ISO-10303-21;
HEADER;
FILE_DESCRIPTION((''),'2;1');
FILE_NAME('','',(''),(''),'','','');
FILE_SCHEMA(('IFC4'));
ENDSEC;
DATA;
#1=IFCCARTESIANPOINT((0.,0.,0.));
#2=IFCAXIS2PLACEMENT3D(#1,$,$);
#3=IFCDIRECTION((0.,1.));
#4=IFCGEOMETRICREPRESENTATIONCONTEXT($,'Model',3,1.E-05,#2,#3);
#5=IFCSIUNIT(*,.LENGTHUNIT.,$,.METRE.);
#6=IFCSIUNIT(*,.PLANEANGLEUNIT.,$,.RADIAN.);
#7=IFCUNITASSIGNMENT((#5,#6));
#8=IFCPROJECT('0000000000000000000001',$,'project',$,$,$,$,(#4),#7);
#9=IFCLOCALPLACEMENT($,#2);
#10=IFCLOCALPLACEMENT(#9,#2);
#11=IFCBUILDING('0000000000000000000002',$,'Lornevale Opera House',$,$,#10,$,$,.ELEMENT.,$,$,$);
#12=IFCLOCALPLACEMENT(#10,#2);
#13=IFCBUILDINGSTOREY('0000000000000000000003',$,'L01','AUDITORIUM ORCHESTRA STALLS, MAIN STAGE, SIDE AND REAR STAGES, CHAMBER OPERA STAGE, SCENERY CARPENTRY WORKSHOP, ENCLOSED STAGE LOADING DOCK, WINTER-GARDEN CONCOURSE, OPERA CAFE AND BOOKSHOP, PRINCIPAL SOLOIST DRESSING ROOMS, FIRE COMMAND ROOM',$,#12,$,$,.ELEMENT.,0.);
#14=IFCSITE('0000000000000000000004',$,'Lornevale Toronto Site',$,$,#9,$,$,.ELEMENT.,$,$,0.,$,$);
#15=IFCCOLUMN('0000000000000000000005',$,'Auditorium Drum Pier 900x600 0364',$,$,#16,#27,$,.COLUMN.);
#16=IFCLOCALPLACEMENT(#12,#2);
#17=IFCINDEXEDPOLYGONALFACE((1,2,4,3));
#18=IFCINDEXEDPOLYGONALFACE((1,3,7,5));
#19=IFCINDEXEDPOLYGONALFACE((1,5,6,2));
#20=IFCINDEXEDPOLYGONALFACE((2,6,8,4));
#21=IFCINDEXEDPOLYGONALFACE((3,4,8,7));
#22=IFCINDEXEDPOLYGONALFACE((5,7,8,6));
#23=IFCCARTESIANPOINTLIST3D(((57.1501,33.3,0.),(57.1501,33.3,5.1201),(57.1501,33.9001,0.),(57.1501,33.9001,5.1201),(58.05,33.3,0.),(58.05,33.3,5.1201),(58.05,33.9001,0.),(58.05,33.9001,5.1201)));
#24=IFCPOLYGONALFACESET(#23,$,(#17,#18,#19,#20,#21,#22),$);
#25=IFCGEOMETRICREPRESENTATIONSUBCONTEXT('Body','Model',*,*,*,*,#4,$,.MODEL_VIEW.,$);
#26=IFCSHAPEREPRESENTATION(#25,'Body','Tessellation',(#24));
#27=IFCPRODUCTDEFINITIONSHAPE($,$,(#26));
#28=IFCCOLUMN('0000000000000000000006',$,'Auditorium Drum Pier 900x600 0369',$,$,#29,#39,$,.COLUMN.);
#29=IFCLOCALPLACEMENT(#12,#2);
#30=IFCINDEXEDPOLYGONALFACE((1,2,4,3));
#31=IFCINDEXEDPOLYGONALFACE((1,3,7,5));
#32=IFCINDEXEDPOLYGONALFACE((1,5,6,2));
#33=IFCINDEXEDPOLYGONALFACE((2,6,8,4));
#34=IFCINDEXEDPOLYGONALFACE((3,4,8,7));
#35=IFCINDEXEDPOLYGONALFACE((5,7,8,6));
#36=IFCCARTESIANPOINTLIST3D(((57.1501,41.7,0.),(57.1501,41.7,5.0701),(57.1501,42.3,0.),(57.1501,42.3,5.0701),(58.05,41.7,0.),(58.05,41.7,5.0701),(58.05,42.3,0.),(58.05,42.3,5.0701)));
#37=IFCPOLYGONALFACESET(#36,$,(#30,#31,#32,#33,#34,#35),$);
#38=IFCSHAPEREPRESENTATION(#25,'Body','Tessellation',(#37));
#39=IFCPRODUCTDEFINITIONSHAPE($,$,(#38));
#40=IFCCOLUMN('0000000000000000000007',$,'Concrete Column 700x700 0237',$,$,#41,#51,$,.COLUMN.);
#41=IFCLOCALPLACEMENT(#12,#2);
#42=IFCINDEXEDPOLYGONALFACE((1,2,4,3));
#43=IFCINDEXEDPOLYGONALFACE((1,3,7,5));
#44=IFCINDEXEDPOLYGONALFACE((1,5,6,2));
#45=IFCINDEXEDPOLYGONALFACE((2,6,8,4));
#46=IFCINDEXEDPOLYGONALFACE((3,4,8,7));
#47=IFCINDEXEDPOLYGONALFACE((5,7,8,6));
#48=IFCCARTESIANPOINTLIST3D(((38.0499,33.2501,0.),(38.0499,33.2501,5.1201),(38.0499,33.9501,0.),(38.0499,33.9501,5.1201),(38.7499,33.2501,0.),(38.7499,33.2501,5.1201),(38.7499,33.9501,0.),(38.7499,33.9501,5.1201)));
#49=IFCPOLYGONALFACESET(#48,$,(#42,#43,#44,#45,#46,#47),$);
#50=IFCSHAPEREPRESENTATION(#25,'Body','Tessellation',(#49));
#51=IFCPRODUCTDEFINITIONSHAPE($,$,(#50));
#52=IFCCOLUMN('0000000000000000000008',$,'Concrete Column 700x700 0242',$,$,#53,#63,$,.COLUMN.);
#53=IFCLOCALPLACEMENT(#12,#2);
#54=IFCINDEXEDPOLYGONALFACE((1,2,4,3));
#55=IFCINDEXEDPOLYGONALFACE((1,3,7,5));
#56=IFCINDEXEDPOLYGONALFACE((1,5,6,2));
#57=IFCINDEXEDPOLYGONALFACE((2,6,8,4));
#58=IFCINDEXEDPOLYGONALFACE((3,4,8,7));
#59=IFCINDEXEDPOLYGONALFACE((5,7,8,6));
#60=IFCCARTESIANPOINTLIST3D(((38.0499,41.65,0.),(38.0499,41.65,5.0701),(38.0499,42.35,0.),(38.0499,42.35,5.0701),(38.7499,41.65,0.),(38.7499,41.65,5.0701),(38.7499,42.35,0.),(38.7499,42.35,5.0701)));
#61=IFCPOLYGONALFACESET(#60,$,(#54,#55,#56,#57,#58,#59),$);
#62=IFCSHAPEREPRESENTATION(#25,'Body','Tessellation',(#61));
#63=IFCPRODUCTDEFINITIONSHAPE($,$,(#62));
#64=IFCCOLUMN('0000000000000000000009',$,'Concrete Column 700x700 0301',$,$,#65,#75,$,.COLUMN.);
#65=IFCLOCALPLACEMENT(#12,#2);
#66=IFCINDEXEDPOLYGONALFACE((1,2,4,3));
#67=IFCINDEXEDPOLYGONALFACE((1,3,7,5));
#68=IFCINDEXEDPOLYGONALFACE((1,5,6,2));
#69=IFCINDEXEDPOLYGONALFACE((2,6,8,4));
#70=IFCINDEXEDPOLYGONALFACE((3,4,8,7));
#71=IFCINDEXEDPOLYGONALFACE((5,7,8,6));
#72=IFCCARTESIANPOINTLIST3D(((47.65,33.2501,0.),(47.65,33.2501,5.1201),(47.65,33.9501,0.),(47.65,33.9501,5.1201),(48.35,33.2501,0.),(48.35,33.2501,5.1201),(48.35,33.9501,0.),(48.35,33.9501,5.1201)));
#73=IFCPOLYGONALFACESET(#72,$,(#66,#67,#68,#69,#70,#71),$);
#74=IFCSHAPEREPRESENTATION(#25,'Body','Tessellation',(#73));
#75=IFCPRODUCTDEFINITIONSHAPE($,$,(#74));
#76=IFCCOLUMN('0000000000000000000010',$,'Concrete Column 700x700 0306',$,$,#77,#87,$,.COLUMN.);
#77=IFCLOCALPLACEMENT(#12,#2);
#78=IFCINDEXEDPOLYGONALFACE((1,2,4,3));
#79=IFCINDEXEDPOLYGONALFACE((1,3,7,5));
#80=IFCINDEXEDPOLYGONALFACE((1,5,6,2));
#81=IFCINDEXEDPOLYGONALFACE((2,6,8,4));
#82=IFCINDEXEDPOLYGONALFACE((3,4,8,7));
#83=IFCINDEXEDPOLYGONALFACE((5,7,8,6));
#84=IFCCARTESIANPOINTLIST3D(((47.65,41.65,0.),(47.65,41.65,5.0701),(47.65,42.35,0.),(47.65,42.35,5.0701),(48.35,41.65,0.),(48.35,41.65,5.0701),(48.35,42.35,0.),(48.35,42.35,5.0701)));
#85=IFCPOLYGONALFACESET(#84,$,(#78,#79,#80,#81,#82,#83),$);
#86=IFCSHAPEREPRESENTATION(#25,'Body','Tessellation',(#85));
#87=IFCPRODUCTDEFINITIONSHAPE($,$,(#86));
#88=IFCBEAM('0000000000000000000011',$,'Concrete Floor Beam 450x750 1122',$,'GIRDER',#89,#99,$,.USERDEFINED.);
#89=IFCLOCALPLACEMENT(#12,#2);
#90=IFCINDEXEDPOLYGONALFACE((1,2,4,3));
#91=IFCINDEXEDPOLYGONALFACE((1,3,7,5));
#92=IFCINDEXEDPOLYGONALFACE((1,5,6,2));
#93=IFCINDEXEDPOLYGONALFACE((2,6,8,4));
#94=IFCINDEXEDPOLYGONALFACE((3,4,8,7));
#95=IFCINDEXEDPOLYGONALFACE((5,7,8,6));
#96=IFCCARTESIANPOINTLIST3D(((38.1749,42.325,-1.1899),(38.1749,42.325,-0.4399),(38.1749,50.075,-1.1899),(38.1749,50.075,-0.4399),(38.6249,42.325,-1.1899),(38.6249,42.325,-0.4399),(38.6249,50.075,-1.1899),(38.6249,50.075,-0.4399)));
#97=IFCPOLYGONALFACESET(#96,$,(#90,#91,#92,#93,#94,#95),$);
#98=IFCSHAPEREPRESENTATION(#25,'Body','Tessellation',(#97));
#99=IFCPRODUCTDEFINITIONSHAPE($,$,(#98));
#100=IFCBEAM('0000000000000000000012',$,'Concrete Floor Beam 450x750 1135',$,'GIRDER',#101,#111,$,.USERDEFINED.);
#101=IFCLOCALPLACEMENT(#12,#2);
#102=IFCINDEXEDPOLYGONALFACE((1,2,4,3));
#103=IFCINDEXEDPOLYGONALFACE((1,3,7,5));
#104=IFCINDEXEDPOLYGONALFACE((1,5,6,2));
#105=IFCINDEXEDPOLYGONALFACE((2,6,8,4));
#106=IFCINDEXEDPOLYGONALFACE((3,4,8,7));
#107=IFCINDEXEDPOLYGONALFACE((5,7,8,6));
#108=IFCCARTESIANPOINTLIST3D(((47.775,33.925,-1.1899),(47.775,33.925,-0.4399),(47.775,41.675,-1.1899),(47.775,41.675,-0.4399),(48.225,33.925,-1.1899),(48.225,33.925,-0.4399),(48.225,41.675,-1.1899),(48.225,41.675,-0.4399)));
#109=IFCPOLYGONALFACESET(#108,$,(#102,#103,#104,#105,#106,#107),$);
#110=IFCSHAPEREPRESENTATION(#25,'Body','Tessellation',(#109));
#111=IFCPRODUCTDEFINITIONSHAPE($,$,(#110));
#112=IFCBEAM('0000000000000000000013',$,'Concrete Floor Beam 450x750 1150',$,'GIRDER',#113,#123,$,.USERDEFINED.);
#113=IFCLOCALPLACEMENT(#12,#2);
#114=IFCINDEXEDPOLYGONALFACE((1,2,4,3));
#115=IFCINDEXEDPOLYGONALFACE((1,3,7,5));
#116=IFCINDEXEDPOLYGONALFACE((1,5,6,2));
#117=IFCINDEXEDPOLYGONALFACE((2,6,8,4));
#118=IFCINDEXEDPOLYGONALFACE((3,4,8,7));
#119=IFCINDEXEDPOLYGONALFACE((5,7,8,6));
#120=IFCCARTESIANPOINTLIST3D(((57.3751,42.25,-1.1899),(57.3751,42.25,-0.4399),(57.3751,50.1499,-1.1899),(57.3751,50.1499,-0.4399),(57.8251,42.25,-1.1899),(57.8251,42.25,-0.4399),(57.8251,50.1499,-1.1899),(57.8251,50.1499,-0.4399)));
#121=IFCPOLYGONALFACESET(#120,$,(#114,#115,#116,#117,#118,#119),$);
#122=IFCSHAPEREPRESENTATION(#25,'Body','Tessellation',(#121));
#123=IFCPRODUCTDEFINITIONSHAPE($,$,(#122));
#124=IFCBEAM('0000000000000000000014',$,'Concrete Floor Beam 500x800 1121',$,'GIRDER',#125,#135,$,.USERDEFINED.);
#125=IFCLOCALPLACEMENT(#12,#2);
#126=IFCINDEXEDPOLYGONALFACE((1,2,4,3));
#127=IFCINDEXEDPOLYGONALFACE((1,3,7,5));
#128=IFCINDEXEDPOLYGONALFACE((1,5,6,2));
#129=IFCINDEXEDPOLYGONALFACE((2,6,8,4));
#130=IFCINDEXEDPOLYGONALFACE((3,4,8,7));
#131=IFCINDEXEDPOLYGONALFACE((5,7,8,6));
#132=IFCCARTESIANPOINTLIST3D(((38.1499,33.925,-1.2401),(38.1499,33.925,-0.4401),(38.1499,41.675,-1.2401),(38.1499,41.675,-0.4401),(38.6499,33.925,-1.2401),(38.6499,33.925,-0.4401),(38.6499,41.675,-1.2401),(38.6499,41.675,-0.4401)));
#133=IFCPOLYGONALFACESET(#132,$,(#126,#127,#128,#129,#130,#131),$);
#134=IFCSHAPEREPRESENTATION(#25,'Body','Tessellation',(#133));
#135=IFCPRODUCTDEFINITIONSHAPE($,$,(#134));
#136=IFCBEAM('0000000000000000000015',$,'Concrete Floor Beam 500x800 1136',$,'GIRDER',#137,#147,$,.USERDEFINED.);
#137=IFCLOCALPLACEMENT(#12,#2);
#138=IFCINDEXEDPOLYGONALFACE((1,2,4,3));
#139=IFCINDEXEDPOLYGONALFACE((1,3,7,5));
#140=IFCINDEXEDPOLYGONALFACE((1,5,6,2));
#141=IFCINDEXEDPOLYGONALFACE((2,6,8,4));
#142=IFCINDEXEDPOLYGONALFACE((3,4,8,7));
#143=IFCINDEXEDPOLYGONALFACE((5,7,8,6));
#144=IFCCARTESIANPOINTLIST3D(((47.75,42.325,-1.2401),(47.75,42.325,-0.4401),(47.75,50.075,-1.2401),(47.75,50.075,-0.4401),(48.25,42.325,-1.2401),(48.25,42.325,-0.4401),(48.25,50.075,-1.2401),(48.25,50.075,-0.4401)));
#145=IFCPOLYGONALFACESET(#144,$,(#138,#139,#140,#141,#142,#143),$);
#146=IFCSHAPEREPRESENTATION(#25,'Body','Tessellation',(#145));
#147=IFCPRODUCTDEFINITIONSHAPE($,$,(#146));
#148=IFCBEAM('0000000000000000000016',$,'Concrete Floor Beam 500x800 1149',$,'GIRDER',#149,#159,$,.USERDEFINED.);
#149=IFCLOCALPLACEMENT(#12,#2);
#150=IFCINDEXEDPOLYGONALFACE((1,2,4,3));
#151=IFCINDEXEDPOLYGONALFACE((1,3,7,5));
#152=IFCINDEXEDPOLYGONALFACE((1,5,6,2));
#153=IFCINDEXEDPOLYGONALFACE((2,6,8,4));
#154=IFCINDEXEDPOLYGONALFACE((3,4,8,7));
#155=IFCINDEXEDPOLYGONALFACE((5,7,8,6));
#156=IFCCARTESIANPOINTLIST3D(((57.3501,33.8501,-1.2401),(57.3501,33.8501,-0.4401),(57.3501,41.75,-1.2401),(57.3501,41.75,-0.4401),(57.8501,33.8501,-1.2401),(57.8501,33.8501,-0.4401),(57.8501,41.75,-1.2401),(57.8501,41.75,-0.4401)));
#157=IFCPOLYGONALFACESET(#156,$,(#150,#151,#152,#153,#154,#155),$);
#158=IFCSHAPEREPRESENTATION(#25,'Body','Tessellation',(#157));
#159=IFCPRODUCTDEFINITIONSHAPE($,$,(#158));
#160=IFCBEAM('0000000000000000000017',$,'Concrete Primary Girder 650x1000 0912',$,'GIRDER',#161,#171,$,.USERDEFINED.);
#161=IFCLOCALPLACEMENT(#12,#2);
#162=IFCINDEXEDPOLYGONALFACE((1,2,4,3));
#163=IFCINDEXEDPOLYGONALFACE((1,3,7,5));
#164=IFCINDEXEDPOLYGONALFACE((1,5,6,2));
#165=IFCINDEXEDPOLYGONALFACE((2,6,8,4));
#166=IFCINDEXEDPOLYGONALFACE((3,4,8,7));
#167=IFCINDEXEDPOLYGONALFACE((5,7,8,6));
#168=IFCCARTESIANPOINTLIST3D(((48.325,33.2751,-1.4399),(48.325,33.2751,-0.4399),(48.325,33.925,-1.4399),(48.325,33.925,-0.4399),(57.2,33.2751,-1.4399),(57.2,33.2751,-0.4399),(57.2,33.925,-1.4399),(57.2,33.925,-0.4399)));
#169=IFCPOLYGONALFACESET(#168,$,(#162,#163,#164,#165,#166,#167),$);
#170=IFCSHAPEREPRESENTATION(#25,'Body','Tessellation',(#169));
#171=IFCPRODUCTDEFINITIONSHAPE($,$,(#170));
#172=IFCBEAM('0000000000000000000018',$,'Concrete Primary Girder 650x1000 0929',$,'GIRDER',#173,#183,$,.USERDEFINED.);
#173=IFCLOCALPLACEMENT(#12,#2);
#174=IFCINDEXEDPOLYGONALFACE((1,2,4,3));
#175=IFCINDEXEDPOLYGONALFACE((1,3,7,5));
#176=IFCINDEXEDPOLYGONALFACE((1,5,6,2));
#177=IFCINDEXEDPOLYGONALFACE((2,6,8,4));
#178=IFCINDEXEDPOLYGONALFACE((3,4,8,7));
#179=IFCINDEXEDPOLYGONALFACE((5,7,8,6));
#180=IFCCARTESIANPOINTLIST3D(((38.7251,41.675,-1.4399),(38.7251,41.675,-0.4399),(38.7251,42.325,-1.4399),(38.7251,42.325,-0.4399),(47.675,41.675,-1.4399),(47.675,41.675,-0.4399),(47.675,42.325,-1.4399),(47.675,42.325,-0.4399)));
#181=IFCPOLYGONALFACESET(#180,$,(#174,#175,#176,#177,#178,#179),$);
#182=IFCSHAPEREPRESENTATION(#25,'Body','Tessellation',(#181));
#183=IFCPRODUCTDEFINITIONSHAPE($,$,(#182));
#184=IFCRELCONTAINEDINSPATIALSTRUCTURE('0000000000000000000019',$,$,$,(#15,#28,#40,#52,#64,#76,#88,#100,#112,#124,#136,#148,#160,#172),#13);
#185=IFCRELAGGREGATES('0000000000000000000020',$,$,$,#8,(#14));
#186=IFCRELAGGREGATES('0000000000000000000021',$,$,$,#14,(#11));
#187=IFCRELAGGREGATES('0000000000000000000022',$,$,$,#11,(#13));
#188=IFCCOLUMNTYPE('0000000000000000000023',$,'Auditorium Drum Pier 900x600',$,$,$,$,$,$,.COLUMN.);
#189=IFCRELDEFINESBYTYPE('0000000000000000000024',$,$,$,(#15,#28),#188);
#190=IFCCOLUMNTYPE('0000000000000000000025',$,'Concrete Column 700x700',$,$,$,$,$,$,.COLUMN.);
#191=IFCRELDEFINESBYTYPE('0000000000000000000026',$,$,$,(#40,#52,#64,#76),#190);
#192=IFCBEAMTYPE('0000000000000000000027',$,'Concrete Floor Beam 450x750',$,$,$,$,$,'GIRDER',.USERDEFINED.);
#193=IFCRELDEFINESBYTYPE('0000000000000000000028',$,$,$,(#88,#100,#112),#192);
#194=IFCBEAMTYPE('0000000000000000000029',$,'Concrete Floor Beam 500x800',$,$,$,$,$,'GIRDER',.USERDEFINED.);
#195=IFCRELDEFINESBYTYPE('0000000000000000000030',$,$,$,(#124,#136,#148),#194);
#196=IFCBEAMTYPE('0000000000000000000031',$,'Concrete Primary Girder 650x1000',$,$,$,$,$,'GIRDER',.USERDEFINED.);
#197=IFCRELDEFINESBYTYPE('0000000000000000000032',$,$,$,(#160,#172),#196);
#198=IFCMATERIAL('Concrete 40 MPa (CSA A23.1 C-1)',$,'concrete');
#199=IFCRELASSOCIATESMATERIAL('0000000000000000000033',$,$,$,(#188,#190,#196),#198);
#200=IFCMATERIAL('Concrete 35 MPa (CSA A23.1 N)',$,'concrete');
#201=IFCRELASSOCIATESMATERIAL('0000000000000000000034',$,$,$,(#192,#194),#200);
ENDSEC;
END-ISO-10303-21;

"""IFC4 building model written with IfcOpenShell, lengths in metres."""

from ifc_helpers import new_model, si_unit, direction, frame, origin, origin_2d, place, context, subcontext, project, spatial, rectangle, extrude, material, material_profile, profile_set, type_object, element, save


model = new_model("IFC4")

# Units and contexts
model_context = context("Model", 3, precision=1e-05, world=origin(), true_north=direction((0.0, 1.0)))
body_context = subcontext(model_context, "Body", "Model", "MODEL_VIEW")
ifc_project = project(units=[si_unit("LENGTHUNIT", "METRE"), si_unit("PLANEANGLEUNIT", "RADIAN")], contexts=[model_context])

# Site, building, storey
site_placement = place(None, origin())
site = spatial("IfcSite", under=ifc_project, at=site_placement, Name="Lornevale Toronto Site", CompositionType="ELEMENT", RefElevation=0.0)
building_placement = place(site_placement, origin())
building = spatial("IfcBuilding", under=site, at=building_placement, Name="Lornevale Opera House", CompositionType="ELEMENT")
storey_placement = place(building_placement, origin())
storey = spatial("IfcBuildingStorey", under=building, at=storey_placement, Name="L01", Description="AUDITORIUM ORCHESTRA STALLS, MAIN STAGE, SIDE AND REAR STAGES, CHAMBER OPERA STAGE, SCENERY CARPENTRY WORKSHOP, ENCLOSED STAGE LOADING DOCK, WINTER-GARDEN CONCOURSE, OPERA CAFE AND BOOKSHOP, PRINCIPAL SOLOIST DRESSING ROOMS, FIRE COMMAND ROOM", CompositionType="ELEMENT", Elevation=0.0)

# Columns
ifc_material_1 = material(Name="Concrete 40 MPa (CSA A23.1 C-1)", Category="concrete")
ifc_material_profile_1 = material_profile(ifc_material_1, rectangle(XDim=0.8999, YDim=0.6001, at=origin_2d()), Name="RC900x600")
ifc_profile_set_1 = profile_set([ifc_material_profile_1], Name="Concrete 40 MPa (CSA A23.1 C-1)")
column_type_1 = type_object("IfcColumnType", Name="Auditorium Drum Pier 900x600", PredefinedType="COLUMN", material=ifc_profile_set_1)
column_1_placement = place(storey_placement, frame((57.6001, 33.6001, 0.0), z_axis=(0.0, 0.0, 1.0), x_axis=(1.0, 0.0, 0.0)))
element("IfcColumn", 1, at=column_1_placement, inside=storey, type_object=column_type_1, Name="Auditorium Drum Pier 900x600 0364", PredefinedType="COLUMN", context=body_context, shape_type="SweptSolid", body=[
    extrude(rectangle(XDim=0.8999, YDim=0.6001, at=origin_2d()), origin(), (0.0, 0.0, 1.0), 5.1201),
])
column_2_placement = place(storey_placement, frame((57.6001, 42.0, 0.0), z_axis=(0.0, 0.0, 1.0), x_axis=(1.0, 0.0, 0.0)))
element("IfcColumn", 2, at=column_2_placement, inside=storey, type_object=column_type_1, Name="Auditorium Drum Pier 900x600 0369", PredefinedType="COLUMN", context=body_context, shape_type="SweptSolid", body=[
    extrude(rectangle(XDim=0.8999, YDim=0.6001, at=origin_2d()), origin(), (0.0, 0.0, 1.0), 5.0701),
])
ifc_material_profile_2 = material_profile(ifc_material_1, rectangle(XDim=0.7, YDim=0.7, at=origin_2d()), Name="RC700x700")
ifc_profile_set_2 = profile_set([ifc_material_profile_2], Name="Concrete 40 MPa (CSA A23.1 C-1)")
column_type_2 = type_object("IfcColumnType", Name="Concrete Column 700x700", PredefinedType="COLUMN", material=ifc_profile_set_2)
column_3_placement = place(storey_placement, frame((38.3999, 33.6001, 0.0), z_axis=(0.0, 0.0, 1.0), x_axis=(1.0, 0.0, 0.0)))
element("IfcColumn", 3, at=column_3_placement, inside=storey, type_object=column_type_2, Name="Concrete Column 700x700 0237", PredefinedType="COLUMN", context=body_context, shape_type="SweptSolid", body=[
    extrude(rectangle(XDim=0.7, YDim=0.7, at=origin_2d()), origin(), (0.0, 0.0, 1.0), 5.1201),
])
column_4_placement = place(storey_placement, frame((38.3999, 42.0, 0.0), z_axis=(0.0, 0.0, 1.0), x_axis=(1.0, 0.0, 0.0)))
element("IfcColumn", 4, at=column_4_placement, inside=storey, type_object=column_type_2, Name="Concrete Column 700x700 0242", PredefinedType="COLUMN", context=body_context, shape_type="SweptSolid", body=[
    extrude(rectangle(XDim=0.7, YDim=0.7, at=origin_2d()), origin(), (0.0, 0.0, 1.0), 5.0701),
])
column_5_placement = place(storey_placement, frame((48.0, 33.6001, 0.0), z_axis=(0.0, 0.0, 1.0), x_axis=(1.0, 0.0, 0.0)))
element("IfcColumn", 5, at=column_5_placement, inside=storey, type_object=column_type_2, Name="Concrete Column 700x700 0301", PredefinedType="COLUMN", context=body_context, shape_type="SweptSolid", body=[
    extrude(rectangle(XDim=0.7, YDim=0.7, at=origin_2d()), origin(), (0.0, 0.0, 1.0), 5.1201),
])
column_6_placement = place(storey_placement, frame((48.0, 42.0, 0.0), z_axis=(0.0, 0.0, 1.0), x_axis=(1.0, 0.0, 0.0)))
element("IfcColumn", 6, at=column_6_placement, inside=storey, type_object=column_type_2, Name="Concrete Column 700x700 0306", PredefinedType="COLUMN", context=body_context, shape_type="SweptSolid", body=[
    extrude(rectangle(XDim=0.7, YDim=0.7, at=origin_2d()), origin(), (0.0, 0.0, 1.0), 5.0701),
])

# Beams
ifc_material_2 = material(Name="Concrete 35 MPa (CSA A23.1 N)", Category="concrete")
ifc_material_profile_3 = material_profile(ifc_material_2, rectangle(XDim=0.45, YDim=0.75, at=origin_2d()), Name="RC450x750")
ifc_profile_set_3 = profile_set([ifc_material_profile_3], Name="Concrete 35 MPa (CSA A23.1 N)")
beam_type_1 = type_object("IfcBeamType", Name="Concrete Floor Beam 450x750", ElementType="GIRDER", PredefinedType="USERDEFINED", material=ifc_profile_set_3)
for number, where, z_axis, x_axis, name in (
    (7, (38.3999, 42.325, -0.8149), (0.0, 1.0, 0.0), (-1.0, 0.0, 0.0), "Concrete Floor Beam 450x750 1122"),
    (8, (48.0, 33.925, -0.8149), (0.0, 1.0, 0.0), (-1.0, 0.0, 0.0), "Concrete Floor Beam 450x750 1135"),
):
    element("IfcBeam", number, at=place(storey_placement, frame(where, z_axis=z_axis, x_axis=x_axis)), inside=storey, type_object=beam_type_1, Name=name, ObjectType="GIRDER", PredefinedType="USERDEFINED", context=body_context, shape_type="SweptSolid", body=[
        extrude(rectangle(XDim=0.45, YDim=0.75, at=origin_2d()), origin(), (0.0, 0.0, 1.0), 7.75),
    ])
beam_1_placement = place(storey_placement, frame((57.6001, 42.25, -0.8149), z_axis=(0.0, 1.0, 0.0), x_axis=(-1.0, 0.0, 0.0)))
element("IfcBeam", 9, at=beam_1_placement, inside=storey, type_object=beam_type_1, Name="Concrete Floor Beam 450x750 1150", ObjectType="GIRDER", PredefinedType="USERDEFINED", context=body_context, shape_type="SweptSolid", body=[
    extrude(rectangle(XDim=0.45, YDim=0.75, at=origin_2d()), origin(), (0.0, 0.0, 1.0), 7.8999),
])
ifc_material_profile_4 = material_profile(ifc_material_2, rectangle(XDim=0.5, YDim=0.8, at=origin_2d()), Name="RC500x800")
ifc_profile_set_4 = profile_set([ifc_material_profile_4], Name="Concrete 35 MPa (CSA A23.1 N)")
beam_type_2 = type_object("IfcBeamType", Name="Concrete Floor Beam 500x800", ElementType="GIRDER", PredefinedType="USERDEFINED", material=ifc_profile_set_4)
for number, where, z_axis, x_axis, name in (
    (10, (38.3999, 33.925, -0.8401), (0.0, 1.0, 0.0), (-1.0, 0.0, 0.0), "Concrete Floor Beam 500x800 1121"),
    (11, (48.0, 42.325, -0.8401), (0.0, 1.0, 0.0), (-1.0, 0.0, 0.0), "Concrete Floor Beam 500x800 1136"),
):
    element("IfcBeam", number, at=place(storey_placement, frame(where, z_axis=z_axis, x_axis=x_axis)), inside=storey, type_object=beam_type_2, Name=name, ObjectType="GIRDER", PredefinedType="USERDEFINED", context=body_context, shape_type="SweptSolid", body=[
        extrude(rectangle(XDim=0.5, YDim=0.8, at=origin_2d()), origin(), (0.0, 0.0, 1.0), 7.75),
    ])
beam_2_placement = place(storey_placement, frame((57.6001, 33.8501, -0.8401), z_axis=(0.0, 1.0, 0.0), x_axis=(-1.0, 0.0, 0.0)))
element("IfcBeam", 12, at=beam_2_placement, inside=storey, type_object=beam_type_2, Name="Concrete Floor Beam 500x800 1149", ObjectType="GIRDER", PredefinedType="USERDEFINED", context=body_context, shape_type="SweptSolid", body=[
    extrude(rectangle(XDim=0.5, YDim=0.8, at=origin_2d()), origin(), (0.0, 0.0, 1.0), 7.8999),
])
ifc_material_profile_5 = material_profile(ifc_material_1, rectangle(XDim=0.6499, YDim=1.0, at=origin_2d()), Name="RC650x1000")
ifc_profile_set_5 = profile_set([ifc_material_profile_5], Name="Concrete 40 MPa (CSA A23.1 C-1)")
beam_type_3 = type_object("IfcBeamType", Name="Concrete Primary Girder 650x1000", ElementType="GIRDER", PredefinedType="USERDEFINED", material=ifc_profile_set_5)
beam_3_placement = place(storey_placement, frame((48.325, 33.6001, -0.9399), z_axis=(1.0, 0.0, 0.0), x_axis=(0.0, 1.0, 0.0)))
element("IfcBeam", 13, at=beam_3_placement, inside=storey, type_object=beam_type_3, Name="Concrete Primary Girder 650x1000 0912", ObjectType="GIRDER", PredefinedType="USERDEFINED", context=body_context, shape_type="SweptSolid", body=[
    extrude(rectangle(XDim=0.6499, YDim=1.0, at=origin_2d()), origin(), (0.0, 0.0, 1.0), 8.875),
])
beam_4_placement = place(storey_placement, frame((38.7251, 42.0, -0.9399), z_axis=(1.0, 0.0, 0.0), x_axis=(0.0, 1.0, 0.0)))
element("IfcBeam", 14, at=beam_4_placement, inside=storey, type_object=beam_type_3, Name="Concrete Primary Girder 650x1000 0929", ObjectType="GIRDER", PredefinedType="USERDEFINED", context=body_context, shape_type="SweptSolid", body=[
    extrude(rectangle(XDim=0.6499, YDim=1.0, at=origin_2d()), origin(), (0.0, 0.0, 1.0), 8.95),
])

save(model, "model.ifc")
